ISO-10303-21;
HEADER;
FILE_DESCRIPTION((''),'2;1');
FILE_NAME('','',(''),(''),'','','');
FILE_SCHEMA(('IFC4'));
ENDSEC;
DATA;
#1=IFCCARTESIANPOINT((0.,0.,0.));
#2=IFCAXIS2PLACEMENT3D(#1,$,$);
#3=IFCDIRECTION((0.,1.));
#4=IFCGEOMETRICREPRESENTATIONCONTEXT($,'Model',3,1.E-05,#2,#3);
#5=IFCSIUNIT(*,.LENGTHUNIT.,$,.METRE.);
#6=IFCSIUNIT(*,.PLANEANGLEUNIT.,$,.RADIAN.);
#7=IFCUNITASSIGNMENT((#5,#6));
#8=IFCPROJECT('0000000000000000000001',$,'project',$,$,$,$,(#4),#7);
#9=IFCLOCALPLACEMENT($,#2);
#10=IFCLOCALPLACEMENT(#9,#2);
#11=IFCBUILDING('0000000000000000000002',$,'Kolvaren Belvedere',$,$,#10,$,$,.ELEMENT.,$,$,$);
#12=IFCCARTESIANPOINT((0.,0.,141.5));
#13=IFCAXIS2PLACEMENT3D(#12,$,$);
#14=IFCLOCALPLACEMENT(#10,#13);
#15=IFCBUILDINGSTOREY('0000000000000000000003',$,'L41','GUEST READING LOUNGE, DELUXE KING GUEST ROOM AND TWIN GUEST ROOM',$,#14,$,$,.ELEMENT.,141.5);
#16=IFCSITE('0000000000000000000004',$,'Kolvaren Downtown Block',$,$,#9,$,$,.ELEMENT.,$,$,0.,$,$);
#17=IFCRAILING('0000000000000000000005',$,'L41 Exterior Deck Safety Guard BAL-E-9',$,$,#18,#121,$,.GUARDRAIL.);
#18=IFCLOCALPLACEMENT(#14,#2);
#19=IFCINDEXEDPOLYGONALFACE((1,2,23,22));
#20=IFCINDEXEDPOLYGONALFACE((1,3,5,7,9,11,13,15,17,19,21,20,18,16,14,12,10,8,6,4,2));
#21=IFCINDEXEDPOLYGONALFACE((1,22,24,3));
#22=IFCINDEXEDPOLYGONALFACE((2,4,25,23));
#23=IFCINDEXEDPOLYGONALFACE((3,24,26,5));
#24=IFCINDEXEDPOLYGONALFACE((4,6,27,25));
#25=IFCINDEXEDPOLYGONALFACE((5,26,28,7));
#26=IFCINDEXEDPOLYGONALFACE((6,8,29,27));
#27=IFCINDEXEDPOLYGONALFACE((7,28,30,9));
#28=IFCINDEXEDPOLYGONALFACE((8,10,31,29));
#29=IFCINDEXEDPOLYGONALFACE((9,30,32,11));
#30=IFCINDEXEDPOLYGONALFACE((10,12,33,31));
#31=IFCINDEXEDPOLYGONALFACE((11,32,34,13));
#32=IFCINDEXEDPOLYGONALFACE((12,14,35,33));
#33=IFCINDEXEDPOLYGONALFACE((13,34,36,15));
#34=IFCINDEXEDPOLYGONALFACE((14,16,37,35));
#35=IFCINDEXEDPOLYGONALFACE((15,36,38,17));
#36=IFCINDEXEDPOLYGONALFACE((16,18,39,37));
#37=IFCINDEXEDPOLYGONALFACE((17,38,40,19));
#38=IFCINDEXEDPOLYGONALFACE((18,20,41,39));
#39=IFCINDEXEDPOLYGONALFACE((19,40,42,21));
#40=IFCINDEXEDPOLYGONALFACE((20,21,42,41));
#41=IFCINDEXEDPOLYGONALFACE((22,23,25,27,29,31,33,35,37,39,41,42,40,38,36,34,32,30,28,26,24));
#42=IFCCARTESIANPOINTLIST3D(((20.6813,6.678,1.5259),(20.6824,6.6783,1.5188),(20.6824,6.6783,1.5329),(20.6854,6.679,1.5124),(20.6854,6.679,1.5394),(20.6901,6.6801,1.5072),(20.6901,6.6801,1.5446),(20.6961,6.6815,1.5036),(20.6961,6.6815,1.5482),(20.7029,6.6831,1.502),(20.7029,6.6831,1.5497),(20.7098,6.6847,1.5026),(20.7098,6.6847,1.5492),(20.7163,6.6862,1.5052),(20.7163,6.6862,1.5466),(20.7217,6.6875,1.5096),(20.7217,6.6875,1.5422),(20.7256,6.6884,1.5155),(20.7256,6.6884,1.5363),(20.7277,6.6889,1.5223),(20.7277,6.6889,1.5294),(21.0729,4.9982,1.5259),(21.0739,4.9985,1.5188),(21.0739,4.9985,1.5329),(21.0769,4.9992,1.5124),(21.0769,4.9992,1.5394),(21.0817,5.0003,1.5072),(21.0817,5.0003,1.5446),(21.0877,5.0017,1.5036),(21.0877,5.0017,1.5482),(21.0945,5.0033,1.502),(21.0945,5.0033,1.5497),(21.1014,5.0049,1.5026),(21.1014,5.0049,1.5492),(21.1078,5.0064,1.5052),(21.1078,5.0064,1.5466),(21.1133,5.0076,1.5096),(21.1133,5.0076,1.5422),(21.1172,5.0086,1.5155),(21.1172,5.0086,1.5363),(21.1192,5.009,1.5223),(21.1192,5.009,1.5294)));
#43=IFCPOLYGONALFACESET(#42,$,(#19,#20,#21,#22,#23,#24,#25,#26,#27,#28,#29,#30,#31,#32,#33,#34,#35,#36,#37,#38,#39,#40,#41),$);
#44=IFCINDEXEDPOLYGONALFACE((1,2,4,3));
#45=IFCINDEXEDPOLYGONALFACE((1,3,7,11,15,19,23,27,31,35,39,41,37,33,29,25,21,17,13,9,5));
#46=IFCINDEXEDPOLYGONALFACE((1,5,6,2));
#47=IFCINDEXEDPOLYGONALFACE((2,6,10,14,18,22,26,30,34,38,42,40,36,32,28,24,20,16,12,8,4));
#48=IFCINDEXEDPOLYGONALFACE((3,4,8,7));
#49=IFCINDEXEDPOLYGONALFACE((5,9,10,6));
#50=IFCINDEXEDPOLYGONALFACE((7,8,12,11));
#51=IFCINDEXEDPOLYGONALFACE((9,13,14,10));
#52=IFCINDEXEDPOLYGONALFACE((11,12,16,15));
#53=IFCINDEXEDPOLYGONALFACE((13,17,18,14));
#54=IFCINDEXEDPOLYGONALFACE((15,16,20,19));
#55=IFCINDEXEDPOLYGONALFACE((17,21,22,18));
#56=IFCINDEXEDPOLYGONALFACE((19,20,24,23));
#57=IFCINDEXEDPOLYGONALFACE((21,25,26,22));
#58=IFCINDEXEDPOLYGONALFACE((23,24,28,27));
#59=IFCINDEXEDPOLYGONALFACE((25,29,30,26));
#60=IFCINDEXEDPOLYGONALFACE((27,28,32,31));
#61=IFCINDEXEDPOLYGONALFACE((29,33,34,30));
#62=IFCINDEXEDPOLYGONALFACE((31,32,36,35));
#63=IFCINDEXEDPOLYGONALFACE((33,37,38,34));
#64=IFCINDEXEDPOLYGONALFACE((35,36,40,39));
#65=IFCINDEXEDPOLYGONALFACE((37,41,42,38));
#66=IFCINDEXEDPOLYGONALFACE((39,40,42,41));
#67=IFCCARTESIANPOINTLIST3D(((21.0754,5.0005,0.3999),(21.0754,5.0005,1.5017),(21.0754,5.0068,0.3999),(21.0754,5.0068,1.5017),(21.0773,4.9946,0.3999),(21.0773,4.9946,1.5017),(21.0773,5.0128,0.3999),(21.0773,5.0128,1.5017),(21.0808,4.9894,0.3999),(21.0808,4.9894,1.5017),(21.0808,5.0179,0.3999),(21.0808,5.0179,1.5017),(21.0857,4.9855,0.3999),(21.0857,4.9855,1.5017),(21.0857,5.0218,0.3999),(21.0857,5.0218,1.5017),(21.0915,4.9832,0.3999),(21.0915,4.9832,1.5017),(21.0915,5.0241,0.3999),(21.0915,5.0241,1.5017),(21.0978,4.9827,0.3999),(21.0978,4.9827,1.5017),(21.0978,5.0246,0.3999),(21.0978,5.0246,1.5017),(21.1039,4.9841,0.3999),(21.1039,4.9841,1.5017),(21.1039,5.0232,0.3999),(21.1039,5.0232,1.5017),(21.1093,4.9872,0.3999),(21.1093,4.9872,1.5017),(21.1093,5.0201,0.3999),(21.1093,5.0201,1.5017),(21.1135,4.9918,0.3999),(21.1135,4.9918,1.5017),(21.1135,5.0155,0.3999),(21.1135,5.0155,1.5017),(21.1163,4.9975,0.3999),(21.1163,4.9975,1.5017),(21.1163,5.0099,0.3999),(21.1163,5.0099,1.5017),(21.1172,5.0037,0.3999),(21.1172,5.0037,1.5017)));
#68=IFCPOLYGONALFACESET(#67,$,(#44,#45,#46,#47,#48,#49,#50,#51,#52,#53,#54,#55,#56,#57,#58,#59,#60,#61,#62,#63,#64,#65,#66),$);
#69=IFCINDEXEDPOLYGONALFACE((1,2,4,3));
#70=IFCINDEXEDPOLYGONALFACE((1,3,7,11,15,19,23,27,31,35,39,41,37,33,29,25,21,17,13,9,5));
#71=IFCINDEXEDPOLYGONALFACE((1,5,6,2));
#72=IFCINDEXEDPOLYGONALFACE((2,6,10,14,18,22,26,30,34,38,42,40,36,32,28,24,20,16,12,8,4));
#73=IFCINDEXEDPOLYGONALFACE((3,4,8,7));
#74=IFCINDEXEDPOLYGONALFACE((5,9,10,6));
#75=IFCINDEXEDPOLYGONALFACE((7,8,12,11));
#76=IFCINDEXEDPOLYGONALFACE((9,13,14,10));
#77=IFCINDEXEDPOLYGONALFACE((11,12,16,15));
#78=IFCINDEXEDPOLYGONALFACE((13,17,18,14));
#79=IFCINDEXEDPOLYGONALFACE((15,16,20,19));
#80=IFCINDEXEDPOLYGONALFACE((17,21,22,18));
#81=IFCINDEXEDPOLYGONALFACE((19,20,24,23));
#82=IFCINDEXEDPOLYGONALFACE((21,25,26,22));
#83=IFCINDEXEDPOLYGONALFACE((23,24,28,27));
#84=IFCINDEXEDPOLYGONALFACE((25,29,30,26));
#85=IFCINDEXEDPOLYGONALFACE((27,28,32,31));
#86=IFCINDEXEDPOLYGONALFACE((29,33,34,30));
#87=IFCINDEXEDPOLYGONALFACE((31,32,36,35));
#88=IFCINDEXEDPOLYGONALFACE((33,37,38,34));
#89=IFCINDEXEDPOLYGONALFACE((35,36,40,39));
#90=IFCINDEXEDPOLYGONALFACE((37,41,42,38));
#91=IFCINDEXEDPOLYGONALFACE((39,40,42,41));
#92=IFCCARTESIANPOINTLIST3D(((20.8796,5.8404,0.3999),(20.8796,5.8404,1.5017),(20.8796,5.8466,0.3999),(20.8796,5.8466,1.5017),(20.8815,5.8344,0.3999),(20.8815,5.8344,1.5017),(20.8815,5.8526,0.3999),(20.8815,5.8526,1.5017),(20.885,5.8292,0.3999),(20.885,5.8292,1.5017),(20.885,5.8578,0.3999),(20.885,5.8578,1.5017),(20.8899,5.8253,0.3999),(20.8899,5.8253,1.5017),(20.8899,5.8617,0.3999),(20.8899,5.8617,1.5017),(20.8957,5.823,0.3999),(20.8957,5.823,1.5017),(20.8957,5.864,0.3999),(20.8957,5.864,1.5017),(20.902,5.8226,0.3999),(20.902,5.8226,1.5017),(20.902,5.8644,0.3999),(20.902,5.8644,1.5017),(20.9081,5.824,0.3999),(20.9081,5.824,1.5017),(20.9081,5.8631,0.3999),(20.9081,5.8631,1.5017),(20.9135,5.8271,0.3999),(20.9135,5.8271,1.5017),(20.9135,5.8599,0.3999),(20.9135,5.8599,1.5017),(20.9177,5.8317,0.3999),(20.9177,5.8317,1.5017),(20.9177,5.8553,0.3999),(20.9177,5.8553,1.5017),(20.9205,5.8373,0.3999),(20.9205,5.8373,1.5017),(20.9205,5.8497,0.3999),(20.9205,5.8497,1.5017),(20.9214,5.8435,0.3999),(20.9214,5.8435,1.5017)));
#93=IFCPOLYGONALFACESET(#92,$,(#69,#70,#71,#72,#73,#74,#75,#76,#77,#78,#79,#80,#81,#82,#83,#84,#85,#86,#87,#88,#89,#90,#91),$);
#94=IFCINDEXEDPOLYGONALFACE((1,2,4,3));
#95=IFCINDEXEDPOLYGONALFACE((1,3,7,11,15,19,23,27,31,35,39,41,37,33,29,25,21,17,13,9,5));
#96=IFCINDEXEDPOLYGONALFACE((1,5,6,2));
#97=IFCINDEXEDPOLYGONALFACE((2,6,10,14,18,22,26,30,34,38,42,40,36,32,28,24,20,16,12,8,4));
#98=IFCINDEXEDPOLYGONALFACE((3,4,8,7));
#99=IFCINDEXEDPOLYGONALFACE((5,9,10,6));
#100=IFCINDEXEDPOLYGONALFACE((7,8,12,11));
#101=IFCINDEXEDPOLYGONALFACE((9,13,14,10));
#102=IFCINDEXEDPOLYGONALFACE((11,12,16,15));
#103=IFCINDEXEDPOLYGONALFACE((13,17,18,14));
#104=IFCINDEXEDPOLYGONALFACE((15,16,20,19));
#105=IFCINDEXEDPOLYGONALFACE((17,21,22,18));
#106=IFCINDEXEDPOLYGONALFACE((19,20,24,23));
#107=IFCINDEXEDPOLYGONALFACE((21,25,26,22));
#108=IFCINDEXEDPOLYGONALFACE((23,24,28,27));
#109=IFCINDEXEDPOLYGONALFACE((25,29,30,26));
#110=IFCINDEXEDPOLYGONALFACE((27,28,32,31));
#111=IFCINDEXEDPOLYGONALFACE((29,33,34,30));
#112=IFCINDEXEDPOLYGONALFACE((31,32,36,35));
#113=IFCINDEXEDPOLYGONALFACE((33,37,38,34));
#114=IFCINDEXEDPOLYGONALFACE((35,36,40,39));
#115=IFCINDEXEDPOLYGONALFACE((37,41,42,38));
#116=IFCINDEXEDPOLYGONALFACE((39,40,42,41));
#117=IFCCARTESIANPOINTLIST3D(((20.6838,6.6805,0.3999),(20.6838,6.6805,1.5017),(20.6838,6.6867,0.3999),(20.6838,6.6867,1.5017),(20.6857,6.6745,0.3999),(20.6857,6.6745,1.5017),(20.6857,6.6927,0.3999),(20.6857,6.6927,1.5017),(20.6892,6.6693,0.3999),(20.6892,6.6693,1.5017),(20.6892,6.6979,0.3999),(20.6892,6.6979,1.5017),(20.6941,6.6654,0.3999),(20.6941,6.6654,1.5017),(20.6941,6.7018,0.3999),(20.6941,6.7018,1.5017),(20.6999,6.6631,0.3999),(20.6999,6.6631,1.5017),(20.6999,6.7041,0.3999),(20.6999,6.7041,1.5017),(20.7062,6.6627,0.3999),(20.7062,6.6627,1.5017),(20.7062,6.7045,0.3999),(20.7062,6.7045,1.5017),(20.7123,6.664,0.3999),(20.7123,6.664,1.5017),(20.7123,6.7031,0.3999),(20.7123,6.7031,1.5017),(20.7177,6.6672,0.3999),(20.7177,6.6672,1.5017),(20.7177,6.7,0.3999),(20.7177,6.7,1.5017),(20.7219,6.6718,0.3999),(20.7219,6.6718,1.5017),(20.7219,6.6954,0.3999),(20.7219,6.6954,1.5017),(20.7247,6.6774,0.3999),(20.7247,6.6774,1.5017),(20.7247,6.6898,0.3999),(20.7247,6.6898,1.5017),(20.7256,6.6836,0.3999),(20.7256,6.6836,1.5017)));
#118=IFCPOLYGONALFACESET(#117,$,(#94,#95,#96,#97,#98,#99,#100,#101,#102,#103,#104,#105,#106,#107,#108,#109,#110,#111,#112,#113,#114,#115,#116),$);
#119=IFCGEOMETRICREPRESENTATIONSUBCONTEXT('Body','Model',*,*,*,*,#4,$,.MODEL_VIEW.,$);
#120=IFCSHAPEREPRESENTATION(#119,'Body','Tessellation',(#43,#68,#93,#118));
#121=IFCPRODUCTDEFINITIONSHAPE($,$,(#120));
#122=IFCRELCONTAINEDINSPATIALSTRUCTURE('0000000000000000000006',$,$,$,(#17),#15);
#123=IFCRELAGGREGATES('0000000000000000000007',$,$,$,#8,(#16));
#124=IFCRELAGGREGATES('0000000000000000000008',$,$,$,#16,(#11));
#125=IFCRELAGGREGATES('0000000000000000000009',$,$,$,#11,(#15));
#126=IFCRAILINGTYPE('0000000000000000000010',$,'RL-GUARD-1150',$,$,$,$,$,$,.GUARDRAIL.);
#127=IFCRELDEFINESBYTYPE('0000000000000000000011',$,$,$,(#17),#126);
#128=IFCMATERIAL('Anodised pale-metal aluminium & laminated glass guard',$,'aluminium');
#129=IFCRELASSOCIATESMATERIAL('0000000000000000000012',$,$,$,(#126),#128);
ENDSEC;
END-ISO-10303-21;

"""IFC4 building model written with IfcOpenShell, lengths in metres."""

from ifc_helpers import new_model, si_unit, direction, frame, origin, origin_2d, place, context, subcontext, project, spatial, circle, extrude, material, type_object, element, save


model = new_model("IFC4")

# Units and contexts
model_context = context("Model", 3, precision=1e-05, world=origin(), true_north=direction((0.0, 1.0)))
body_context = subcontext(model_context, "Body", "Model", "MODEL_VIEW")
ifc_project = project(units=[si_unit("LENGTHUNIT", "METRE"), si_unit("PLANEANGLEUNIT", "RADIAN")], contexts=[model_context])

# Site, building, storey
site_placement = place(None, origin())
site = spatial("IfcSite", under=ifc_project, at=site_placement, Name="Kolvaren Downtown Block", CompositionType="ELEMENT", RefElevation=0.0)
building_placement = place(site_placement, origin())
building = spatial("IfcBuilding", under=site, at=building_placement, Name="Kolvaren Belvedere", CompositionType="ELEMENT")
storey_placement = place(building_placement, frame((0.0, 0.0, 141.5)))
storey = spatial("IfcBuildingStorey", under=building, at=storey_placement, Name="L41", Description="GUEST READING LOUNGE, DELUXE KING GUEST ROOM AND TWIN GUEST ROOM", CompositionType="ELEMENT", Elevation=141.5)

# Railing
ifc_material_1 = material(Name="Anodised pale-metal aluminium & laminated glass guard", Category="aluminium")
railing_type = type_object("IfcRailingType", Name="RL-GUARD-1150", PredefinedType="GUARDRAIL", material=ifc_material_1)
railing_1_placement = place(storey_placement, frame((21.0962, 5.0037, 0.3999)))
element("IfcRailing", 1, at=railing_1_placement, inside=storey, type_object=railing_type, Name="L41 Exterior Deck Safety Guard BAL-E-9", PredefinedType="GUARDRAIL", context=body_context, shape_type="SweptSolid", body=[
    extrude(circle(Radius=0.0239, at=origin_2d()), frame((0.0, 0.0, 1.126), z_axis=(-0.227019, 0.97389, 0.0), x_axis=(-0.97389, -0.227019, 0.0)), (0.0, 0.0, 1.0), 1.7249),
    extrude(circle(Radius=0.021, at=origin_2d()), origin(), (0.0, 0.0, 1.0), 1.1018),
    extrude(circle(Radius=0.021, at=origin_2d()), frame((-0.1958, 0.8398, 0.0)), (0.0, 0.0, 1.0), 1.1018),
    extrude(circle(Radius=0.021, at=origin_2d()), frame((-0.3916, 1.6799, 0.0)), (0.0, 0.0, 1.0), 1.1018),
])

save(model, "model.ifc")
